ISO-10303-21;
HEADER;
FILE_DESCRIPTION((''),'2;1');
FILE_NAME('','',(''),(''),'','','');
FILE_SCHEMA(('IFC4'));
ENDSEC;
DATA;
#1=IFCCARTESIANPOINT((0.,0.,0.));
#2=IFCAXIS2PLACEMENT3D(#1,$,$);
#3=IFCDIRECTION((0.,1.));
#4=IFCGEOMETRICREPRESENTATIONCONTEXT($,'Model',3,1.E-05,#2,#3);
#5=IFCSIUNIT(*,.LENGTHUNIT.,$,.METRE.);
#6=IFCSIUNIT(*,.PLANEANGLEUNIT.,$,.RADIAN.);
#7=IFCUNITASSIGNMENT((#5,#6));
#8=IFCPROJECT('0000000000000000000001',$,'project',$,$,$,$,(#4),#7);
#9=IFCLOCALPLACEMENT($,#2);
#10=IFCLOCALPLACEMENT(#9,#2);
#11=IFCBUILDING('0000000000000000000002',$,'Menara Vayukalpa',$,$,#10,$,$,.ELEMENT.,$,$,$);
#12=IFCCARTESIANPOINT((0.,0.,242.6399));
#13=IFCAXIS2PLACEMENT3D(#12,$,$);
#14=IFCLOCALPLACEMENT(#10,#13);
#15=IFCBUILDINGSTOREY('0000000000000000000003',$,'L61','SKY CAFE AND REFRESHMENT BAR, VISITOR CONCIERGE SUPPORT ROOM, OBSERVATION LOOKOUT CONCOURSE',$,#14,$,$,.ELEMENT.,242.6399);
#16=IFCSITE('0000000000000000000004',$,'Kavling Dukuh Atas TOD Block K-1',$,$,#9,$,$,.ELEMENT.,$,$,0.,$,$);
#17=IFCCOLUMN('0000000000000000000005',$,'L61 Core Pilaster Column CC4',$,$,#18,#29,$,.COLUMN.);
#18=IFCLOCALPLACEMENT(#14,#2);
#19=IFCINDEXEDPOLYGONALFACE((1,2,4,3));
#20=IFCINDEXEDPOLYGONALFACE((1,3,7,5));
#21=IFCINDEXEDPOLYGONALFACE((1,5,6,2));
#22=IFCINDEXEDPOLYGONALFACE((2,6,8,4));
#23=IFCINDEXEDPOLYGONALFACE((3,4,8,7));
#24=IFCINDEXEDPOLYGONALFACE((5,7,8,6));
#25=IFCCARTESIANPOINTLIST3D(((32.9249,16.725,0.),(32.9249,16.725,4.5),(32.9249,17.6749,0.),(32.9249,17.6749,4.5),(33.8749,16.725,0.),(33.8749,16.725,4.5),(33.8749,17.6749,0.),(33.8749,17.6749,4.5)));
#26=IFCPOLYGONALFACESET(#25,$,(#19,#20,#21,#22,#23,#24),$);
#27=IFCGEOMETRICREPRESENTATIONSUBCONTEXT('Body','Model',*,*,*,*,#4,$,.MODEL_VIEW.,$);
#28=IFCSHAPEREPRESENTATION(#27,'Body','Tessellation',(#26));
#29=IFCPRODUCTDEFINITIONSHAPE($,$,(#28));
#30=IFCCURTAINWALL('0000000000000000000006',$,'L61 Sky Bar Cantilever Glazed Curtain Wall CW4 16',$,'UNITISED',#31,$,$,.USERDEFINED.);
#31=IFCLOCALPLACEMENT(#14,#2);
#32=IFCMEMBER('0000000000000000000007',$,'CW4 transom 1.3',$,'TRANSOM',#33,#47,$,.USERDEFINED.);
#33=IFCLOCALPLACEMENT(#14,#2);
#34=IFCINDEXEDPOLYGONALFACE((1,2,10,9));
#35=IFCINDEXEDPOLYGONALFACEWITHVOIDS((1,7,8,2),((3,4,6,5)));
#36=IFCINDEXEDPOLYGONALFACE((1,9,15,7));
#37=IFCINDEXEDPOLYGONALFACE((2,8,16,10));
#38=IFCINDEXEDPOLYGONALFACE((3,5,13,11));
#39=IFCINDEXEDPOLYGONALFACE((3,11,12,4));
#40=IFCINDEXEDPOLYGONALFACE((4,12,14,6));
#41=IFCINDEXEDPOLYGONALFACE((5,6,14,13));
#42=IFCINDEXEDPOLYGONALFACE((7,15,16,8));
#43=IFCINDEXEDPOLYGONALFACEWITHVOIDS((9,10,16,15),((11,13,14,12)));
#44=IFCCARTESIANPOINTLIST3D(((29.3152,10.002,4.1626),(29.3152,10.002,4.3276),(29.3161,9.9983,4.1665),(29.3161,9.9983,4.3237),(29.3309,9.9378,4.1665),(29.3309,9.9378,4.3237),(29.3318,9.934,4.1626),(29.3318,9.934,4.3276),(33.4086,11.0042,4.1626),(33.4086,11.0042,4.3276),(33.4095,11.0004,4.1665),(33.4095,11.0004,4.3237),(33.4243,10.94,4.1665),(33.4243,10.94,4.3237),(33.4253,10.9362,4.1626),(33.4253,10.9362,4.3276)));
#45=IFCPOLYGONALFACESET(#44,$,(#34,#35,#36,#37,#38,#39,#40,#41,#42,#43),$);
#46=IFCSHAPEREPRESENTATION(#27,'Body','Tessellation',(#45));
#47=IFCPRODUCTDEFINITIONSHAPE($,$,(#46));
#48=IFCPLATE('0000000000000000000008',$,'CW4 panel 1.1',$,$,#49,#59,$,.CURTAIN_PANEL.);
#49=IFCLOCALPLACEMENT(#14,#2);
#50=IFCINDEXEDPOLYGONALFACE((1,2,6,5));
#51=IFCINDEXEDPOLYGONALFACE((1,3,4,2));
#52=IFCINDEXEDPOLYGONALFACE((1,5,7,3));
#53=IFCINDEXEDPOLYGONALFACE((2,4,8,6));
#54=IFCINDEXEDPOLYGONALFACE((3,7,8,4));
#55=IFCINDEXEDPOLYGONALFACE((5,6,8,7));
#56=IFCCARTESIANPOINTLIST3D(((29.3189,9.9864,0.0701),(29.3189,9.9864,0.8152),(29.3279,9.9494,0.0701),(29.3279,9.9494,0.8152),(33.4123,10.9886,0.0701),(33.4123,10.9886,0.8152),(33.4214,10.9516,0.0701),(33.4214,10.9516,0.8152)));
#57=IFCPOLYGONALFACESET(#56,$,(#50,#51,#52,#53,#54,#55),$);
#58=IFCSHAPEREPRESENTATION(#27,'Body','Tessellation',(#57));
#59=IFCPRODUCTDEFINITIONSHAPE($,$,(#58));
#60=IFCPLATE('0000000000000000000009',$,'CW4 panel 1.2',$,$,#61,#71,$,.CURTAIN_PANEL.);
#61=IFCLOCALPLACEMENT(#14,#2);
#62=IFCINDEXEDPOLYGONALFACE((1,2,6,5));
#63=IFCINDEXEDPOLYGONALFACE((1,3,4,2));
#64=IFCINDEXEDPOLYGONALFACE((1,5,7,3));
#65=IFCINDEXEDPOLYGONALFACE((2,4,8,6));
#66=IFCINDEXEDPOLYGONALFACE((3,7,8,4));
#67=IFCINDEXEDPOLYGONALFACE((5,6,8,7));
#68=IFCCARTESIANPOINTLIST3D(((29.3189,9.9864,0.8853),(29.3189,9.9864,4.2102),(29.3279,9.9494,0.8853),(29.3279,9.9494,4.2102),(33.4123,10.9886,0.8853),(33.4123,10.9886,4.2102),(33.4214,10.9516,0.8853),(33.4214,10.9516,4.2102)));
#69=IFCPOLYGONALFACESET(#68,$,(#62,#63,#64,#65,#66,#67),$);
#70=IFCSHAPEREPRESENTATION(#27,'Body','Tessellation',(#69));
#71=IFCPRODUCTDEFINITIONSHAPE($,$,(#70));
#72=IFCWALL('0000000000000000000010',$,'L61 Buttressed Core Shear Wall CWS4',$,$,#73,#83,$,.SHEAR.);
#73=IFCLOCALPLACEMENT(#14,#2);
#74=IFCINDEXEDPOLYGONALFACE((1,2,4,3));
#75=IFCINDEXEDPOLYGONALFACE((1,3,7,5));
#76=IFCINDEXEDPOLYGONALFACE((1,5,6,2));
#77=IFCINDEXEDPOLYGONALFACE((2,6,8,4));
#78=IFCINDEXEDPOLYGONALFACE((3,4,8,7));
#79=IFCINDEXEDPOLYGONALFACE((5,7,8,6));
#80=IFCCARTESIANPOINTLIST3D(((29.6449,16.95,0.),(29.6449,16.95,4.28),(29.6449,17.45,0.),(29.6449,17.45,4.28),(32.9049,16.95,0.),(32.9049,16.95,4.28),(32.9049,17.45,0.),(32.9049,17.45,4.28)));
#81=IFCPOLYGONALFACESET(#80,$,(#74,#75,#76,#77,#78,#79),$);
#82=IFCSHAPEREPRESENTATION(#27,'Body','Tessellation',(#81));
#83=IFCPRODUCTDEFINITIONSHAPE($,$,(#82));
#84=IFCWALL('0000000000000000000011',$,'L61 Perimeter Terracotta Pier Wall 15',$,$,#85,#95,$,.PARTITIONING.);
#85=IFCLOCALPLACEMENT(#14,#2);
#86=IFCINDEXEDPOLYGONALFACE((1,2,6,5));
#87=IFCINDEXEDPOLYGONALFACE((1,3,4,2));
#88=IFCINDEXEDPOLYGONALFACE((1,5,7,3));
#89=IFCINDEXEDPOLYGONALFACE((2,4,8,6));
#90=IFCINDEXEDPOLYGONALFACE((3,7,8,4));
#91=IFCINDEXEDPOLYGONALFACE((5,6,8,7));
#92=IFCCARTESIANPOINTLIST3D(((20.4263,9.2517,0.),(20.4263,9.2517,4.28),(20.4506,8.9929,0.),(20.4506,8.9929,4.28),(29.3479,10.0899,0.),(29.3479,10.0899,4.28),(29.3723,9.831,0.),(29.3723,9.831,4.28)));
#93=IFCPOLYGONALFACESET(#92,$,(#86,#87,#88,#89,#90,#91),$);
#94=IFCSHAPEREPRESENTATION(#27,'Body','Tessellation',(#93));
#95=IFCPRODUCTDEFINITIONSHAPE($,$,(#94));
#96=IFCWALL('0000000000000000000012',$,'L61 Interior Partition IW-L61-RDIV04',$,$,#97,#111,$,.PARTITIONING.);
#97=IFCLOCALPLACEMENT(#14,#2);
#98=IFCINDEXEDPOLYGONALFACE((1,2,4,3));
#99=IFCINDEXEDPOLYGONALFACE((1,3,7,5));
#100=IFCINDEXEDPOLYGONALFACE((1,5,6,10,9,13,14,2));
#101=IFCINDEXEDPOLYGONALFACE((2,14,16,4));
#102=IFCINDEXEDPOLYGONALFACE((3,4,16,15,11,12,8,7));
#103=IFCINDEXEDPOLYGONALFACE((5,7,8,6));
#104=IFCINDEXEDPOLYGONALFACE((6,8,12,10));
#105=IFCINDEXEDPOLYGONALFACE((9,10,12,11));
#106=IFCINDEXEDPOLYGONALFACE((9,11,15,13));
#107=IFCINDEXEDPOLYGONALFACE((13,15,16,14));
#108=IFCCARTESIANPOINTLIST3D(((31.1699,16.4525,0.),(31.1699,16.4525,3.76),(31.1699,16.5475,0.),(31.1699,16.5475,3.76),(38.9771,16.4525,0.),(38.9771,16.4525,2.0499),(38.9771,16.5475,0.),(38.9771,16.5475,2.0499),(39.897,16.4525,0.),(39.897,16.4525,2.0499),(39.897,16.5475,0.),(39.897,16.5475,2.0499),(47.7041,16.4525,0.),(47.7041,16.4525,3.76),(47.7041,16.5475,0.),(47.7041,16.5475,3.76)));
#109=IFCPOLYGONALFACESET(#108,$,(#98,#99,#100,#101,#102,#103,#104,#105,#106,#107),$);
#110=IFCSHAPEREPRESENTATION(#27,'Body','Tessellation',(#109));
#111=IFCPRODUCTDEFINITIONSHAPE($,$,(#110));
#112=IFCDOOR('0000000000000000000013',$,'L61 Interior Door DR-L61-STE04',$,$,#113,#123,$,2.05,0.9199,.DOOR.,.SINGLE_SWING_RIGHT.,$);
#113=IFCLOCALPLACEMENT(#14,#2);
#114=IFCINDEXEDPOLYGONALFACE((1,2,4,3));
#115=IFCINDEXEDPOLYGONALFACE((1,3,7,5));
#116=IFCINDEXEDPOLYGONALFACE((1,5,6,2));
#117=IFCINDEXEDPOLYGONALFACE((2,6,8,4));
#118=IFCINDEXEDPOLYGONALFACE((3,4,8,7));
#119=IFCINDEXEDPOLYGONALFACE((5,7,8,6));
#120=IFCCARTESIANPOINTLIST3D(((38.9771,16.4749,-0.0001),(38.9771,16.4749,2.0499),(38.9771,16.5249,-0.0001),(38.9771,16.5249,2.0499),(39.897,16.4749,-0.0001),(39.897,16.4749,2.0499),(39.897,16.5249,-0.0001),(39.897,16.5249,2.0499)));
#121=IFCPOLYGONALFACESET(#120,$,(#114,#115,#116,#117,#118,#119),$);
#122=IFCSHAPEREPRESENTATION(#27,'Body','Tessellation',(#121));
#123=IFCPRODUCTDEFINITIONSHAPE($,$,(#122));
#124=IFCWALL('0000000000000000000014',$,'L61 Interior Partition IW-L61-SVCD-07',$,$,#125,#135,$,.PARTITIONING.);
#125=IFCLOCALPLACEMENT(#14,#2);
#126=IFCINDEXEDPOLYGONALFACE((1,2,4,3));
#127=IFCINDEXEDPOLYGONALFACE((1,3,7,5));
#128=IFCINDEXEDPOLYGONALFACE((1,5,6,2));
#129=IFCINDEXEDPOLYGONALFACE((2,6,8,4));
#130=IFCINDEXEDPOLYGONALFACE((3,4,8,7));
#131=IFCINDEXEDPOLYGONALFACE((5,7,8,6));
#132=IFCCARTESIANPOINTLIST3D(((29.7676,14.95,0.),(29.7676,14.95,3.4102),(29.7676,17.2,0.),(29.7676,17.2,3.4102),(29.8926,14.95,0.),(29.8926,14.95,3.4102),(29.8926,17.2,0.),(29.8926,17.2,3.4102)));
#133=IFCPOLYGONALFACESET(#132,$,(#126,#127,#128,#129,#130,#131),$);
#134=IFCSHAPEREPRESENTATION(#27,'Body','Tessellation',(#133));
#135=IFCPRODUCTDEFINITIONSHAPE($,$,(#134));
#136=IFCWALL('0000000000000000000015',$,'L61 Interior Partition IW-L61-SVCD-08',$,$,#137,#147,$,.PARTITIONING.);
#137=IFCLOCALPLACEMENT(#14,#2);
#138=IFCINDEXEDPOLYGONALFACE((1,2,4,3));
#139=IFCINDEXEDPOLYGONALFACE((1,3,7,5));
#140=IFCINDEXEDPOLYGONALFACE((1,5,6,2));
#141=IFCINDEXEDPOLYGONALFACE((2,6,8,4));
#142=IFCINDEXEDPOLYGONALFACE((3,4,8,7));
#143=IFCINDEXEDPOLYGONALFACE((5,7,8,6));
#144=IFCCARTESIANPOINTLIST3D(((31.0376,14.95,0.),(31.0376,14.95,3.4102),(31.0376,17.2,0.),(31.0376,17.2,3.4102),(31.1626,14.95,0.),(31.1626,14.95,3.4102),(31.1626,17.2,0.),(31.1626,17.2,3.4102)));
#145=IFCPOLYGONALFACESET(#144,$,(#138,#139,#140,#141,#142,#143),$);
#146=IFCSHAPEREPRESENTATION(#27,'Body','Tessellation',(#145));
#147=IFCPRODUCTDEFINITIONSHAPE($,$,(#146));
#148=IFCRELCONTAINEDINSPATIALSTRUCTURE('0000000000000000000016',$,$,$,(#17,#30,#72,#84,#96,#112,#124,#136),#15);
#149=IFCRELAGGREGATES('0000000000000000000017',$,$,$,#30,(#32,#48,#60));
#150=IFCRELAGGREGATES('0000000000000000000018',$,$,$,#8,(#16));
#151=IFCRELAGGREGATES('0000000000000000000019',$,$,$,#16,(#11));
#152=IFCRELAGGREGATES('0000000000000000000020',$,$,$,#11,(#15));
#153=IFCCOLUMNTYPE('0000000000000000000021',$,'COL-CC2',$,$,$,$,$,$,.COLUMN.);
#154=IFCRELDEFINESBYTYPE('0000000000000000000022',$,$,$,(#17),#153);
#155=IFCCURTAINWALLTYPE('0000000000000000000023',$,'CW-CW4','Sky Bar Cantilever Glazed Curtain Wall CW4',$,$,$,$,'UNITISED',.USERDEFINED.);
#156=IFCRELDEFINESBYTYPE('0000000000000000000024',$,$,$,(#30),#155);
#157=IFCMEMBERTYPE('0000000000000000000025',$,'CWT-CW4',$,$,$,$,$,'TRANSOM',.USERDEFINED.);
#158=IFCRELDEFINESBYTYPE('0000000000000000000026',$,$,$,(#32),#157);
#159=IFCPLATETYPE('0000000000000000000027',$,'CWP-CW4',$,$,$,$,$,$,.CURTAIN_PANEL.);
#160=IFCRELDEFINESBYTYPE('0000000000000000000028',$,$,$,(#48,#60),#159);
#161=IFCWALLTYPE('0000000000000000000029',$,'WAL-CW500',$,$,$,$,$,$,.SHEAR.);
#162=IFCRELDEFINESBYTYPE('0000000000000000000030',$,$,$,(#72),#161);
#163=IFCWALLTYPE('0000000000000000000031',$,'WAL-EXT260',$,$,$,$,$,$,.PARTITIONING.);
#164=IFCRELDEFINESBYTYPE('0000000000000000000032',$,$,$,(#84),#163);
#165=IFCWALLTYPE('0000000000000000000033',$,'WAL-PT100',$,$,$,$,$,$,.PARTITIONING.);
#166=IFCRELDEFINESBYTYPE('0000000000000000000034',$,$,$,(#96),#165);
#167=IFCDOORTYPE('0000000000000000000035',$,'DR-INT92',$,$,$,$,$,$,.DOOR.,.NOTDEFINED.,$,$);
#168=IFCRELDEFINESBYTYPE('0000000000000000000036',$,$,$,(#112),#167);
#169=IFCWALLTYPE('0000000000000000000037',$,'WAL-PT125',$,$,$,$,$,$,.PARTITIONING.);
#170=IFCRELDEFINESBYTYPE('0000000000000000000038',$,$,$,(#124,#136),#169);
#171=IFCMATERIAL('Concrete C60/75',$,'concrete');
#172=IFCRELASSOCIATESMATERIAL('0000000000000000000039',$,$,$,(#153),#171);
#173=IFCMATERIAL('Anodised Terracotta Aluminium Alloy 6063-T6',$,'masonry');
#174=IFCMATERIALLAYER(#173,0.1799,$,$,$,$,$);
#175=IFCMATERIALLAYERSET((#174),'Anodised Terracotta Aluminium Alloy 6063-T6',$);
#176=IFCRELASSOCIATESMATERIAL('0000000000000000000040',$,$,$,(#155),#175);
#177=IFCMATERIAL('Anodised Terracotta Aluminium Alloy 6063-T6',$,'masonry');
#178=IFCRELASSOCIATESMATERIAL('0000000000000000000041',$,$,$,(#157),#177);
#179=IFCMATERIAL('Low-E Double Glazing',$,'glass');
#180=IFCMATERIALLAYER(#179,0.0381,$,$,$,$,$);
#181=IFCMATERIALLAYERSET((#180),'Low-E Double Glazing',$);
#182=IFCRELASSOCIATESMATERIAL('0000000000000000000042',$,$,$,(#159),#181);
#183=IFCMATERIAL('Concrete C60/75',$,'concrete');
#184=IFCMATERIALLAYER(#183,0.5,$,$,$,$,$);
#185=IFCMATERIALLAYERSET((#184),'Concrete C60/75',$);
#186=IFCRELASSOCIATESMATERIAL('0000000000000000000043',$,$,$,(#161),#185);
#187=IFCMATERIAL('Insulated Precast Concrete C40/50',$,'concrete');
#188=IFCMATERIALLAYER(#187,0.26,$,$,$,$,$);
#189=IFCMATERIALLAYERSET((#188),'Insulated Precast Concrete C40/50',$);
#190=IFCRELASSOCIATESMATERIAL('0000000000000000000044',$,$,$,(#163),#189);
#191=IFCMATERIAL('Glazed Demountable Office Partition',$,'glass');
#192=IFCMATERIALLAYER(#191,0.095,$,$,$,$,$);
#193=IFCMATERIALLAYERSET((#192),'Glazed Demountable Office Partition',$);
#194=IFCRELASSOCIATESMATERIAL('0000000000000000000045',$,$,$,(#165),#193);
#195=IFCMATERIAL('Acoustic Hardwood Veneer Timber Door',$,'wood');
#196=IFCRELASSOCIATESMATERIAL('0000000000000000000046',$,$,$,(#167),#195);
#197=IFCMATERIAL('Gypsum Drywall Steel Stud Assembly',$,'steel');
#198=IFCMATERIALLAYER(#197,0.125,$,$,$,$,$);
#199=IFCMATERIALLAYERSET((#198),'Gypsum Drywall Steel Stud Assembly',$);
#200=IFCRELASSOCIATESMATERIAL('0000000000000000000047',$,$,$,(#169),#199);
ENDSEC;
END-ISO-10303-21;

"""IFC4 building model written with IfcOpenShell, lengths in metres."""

from ifc_helpers import new_model, si_unit, direction, frame, frame_2d, origin, origin_2d, place, context, subcontext, project, spatial, rectangle, hollow_rectangle, extrude, material, layer, layer_set, material_profile, profile_set, type_object, element, fill, aggregate, save


model = new_model("IFC4")

# Units and contexts
model_context = context("Model", 3, precision=1e-05, world=origin(), true_north=direction((0.0, 1.0)))
body_context = subcontext(model_context, "Body", "Model", "MODEL_VIEW")
ifc_project = project(units=[si_unit("LENGTHUNIT", "METRE"), si_unit("PLANEANGLEUNIT", "RADIAN")], contexts=[model_context])

# Site, building, storey
site_placement = place(None, origin())
site = spatial("IfcSite", under=ifc_project, at=site_placement, Name="Kavling Dukuh Atas TOD Block K-1", CompositionType="ELEMENT", RefElevation=0.0)
building_placement = place(site_placement, origin())
building = spatial("IfcBuilding", under=site, at=building_placement, Name="Menara Vayukalpa", CompositionType="ELEMENT")
storey_placement = place(building_placement, frame((0.0, 0.0, 242.6399)))
storey = spatial("IfcBuildingStorey", under=building, at=storey_placement, Name="L61", Description="SKY CAFE AND REFRESHMENT BAR, VISITOR CONCIERGE SUPPORT ROOM, OBSERVATION LOOKOUT CONCOURSE", CompositionType="ELEMENT", Elevation=242.6399)

# Column
ifc_material_1 = material(Name="Concrete C60/75", Category="concrete")
ifc_material_profile_1 = material_profile(ifc_material_1, rectangle(XDim=0.95, YDim=0.95, at=origin_2d()), Name="RC 950x950")
ifc_profile_set_1 = profile_set([ifc_material_profile_1], Name="Concrete C60/75")
column_type = type_object("IfcColumnType", Name="COL-CC2", PredefinedType="COLUMN", material=ifc_profile_set_1)
column_placement = place(storey_placement, frame((33.3999, 17.2, 0.0), z_axis=(0.0, 0.0, 1.0), x_axis=(1.0, 0.0, 0.0)))
element("IfcColumn", 1, at=column_placement, inside=storey, type_object=column_type, Name="L61 Core Pilaster Column CC4", PredefinedType="COLUMN", context=body_context, shape_type="SweptSolid", body=[
    extrude(rectangle(XDim=0.95, YDim=0.95, at=origin_2d()), origin(), (0.0, 0.0, 1.0), 4.5),
])

# Curtain wall, member, plates
ifc_material_2 = material(Name="Anodised Terracotta Aluminium Alloy 6063-T6", Category="masonry")
ifc_layer_1 = layer(ifc_material_2, 0.1799)
ifc_layer_set_1 = layer_set([ifc_layer_1], Name="Anodised Terracotta Aluminium Alloy 6063-T6")
curtain_wall_type = type_object("IfcCurtainWallType", Name="CW-CW4", Description="Sky Bar Cantilever Glazed Curtain Wall CW4", ElementType="UNITISED", PredefinedType="USERDEFINED", material=ifc_layer_set_1)
curtain_wall_placement = place(storey_placement, origin())
curtain_wall = element("IfcCurtainWall", 2, at=curtain_wall_placement, inside=storey, type_object=curtain_wall_type, Name="L61 Sky Bar Cantilever Glazed Curtain Wall CW4 16", ObjectType="UNITISED", PredefinedType="USERDEFINED")
ifc_material_3 = material(Name="Anodised Terracotta Aluminium Alloy 6063-T6", Category="masonry")
ifc_material_profile_2 = material_profile(ifc_material_3, hollow_rectangle(XDim=0.0701, YDim=0.165, WallThickness=0.0039, at=origin_2d()), Name="ALU 70x165x4")
ifc_profile_set_2 = profile_set([ifc_material_profile_2], Name="Anodised Terracotta Aluminium Alloy 6063-T6")
member_type = type_object("IfcMemberType", Name="CWT-CW4", ElementType="TRANSOM", PredefinedType="USERDEFINED", material=ifc_profile_set_2)
member_placement = place(storey_placement, frame((29.3235, 9.968, 4.2451), z_axis=(0.971313, 0.237803, 0.0), x_axis=(-0.237803, 0.971313, 0.0)))
member = element("IfcMember", 3, at=member_placement, type_object=member_type, Name="CW4 transom 1.3", ObjectType="TRANSOM", PredefinedType="USERDEFINED", context=body_context, shape_type="SweptSolid", body=[
    extrude(hollow_rectangle(XDim=0.0701, YDim=0.165, WallThickness=0.0039, at=origin_2d()), origin(), (0.0, 0.0, 1.0), 4.2144),
])
ifc_material_4 = material(Name="Low-E Double Glazing", Category="glass")
ifc_layer_2 = layer(ifc_material_4, 0.0381)
ifc_layer_set_2 = layer_set([ifc_layer_2], Name="Low-E Double Glazing")
plate_type = type_object("IfcPlateType", Name="CWP-CW4", PredefinedType="CURTAIN_PANEL", material=ifc_layer_set_2)
plate_1_placement = place(storey_placement, frame((31.3701, 10.469, 0.0701), z_axis=(0.0, 0.0, 1.0), x_axis=(0.971312, 0.23781, 0.0)))
plate_1 = element("IfcPlate", 4, at=plate_1_placement, type_object=plate_type, Name="CW4 panel 1.1", PredefinedType="CURTAIN_PANEL", context=body_context, shape_type="SweptSolid", body=[
    extrude(rectangle(XDim=4.2144, YDim=0.0381, at=origin_2d()), origin(), (0.0, 0.0, 1.0), 0.7451),
])
plate_2_placement = place(storey_placement, frame((31.3701, 10.469, 0.8853), z_axis=(0.0, 0.0, 1.0), x_axis=(0.971312, 0.23781, 0.0)))
plate_2 = element("IfcPlate", 5, at=plate_2_placement, type_object=plate_type, Name="CW4 panel 1.2", PredefinedType="CURTAIN_PANEL", context=body_context, shape_type="SweptSolid", body=[
    extrude(rectangle(XDim=4.2144, YDim=0.0381, at=origin_2d()), origin(), (0.0, 0.0, 1.0), 3.325),
])
aggregate(curtain_wall, [member, plate_1, plate_2])

# Walls
ifc_material_5 = material(Name="Concrete C60/75", Category="concrete")
ifc_layer_3 = layer(ifc_material_5, 0.5)
ifc_layer_set_3 = layer_set([ifc_layer_3], Name="Concrete C60/75")
wall_type_1 = type_object("IfcWallType", Name="WAL-CW500", PredefinedType="SHEAR", material=ifc_layer_set_3)
wall_1_placement = place(storey_placement, frame((29.645, 17.2, 0.0), z_axis=(0.0, 0.0, 1.0), x_axis=(1.0, 0.0, 0.0)))
element("IfcWall", 6, at=wall_1_placement, inside=storey, type_object=wall_type_1, Name="L61 Buttressed Core Shear Wall CWS4", PredefinedType="SHEAR", context=body_context, shape_type="SweptSolid", body=[
    extrude(rectangle(XDim=3.26, YDim=0.5, at=frame_2d((1.6299, 0.0))), origin(), (0.0, 0.0, 1.0), 4.28),
])
ifc_material_6 = material(Name="Insulated Precast Concrete C40/50", Category="concrete")
ifc_layer_4 = layer(ifc_material_6, 0.26)
ifc_layer_set_4 = layer_set([ifc_layer_4], Name="Insulated Precast Concrete C40/50")
wall_type_2 = type_object("IfcWallType", Name="WAL-EXT260", PredefinedType="PARTITIONING", material=ifc_layer_set_4)
wall_2_placement = place(storey_placement, frame((29.3601, 9.9604, 0.0), z_axis=(0.0, 0.0, 1.0), x_axis=(-0.995616, -0.093532, 0.0)))
element("IfcWall", 7, at=wall_2_placement, inside=storey, type_object=wall_type_2, Name="L61 Perimeter Terracotta Pier Wall 15", PredefinedType="PARTITIONING", context=body_context, shape_type="SweptSolid", body=[
    extrude(rectangle(XDim=8.9609, YDim=0.26, at=frame_2d((4.4805, 0.0))), origin(), (0.0, 0.0, 1.0), 4.28),
])

# Wall, opening, door
ifc_material_7 = material(Name="Glazed Demountable Office Partition", Category="glass")
ifc_layer_5 = layer(ifc_material_7, 0.095)
ifc_layer_set_5 = layer_set([ifc_layer_5], Name="Glazed Demountable Office Partition")
wall_type_3 = type_object("IfcWallType", Name="WAL-PT100", PredefinedType="PARTITIONING", material=ifc_layer_set_5)
wall_3_placement = place(storey_placement, frame((31.1699, 16.5, 0.0), z_axis=(0.0, 0.0, 1.0), x_axis=(1.0, 0.0, 0.0)))
wall_3 = element("IfcWall", 8, at=wall_3_placement, inside=storey, type_object=wall_type_3, Name="L61 Interior Partition IW-L61-RDIV04", PredefinedType="PARTITIONING", context=body_context, shape_type="SweptSolid", body=[
    extrude(rectangle(XDim=16.5342, YDim=0.095, at=frame_2d((8.2671, 0.0))), origin(), (0.0, 0.0, 1.0), 3.76),
])
opening_1_placement = place(wall_3_placement, frame((7.8071, 0.0, 0.0)))
opening_1 = element("IfcOpeningElement", 9, at=opening_1_placement, cuts=wall_3, PredefinedType="OPENING", context=body_context, shape_type="SweptSolid", body=[
    extrude(rectangle(XDim=0.9199, YDim=2.05, at=frame_2d((0.46, 1.0249))), frame((0.0, 0.0574, 0.0), z_axis=(0.0, -1.0, 0.0), x_axis=(1.0, 0.0, 0.0)), (0.0, 0.0, 1.0), 0.115),
])
ifc_material_8 = material(Name="Acoustic Hardwood Veneer Timber Door", Category="wood")
door_type_1 = type_object("IfcDoorType", Name="DR-INT92", OperationType="NOTDEFINED", PredefinedType="DOOR", material=ifc_material_8)
door_1_placement = place(opening_1_placement, origin())
door_1 = element("IfcDoor", 10, at=door_1_placement, inside=storey, type_object=door_type_1, Name="L61 Interior Door DR-L61-STE04", OperationType="SINGLE_SWING_RIGHT", OverallHeight=2.05, OverallWidth=0.9199, PredefinedType="DOOR", context=body_context, shape_type="SweptSolid", body=[
    extrude(rectangle(XDim=0.9199, YDim=2.05, at=frame_2d((0.46, 1.0249))), frame((0.0, 0.0249, 0.0), z_axis=(0.0, -1.0, 0.0), x_axis=(1.0, 0.0, 0.0)), (0.0, 0.0, 1.0), 0.05),
])
fill(opening_1, door_1)

# Walls
ifc_material_9 = material(Name="Gypsum Drywall Steel Stud Assembly", Category="steel")
ifc_layer_6 = layer(ifc_material_9, 0.125)
ifc_layer_set_6 = layer_set([ifc_layer_6], Name="Gypsum Drywall Steel Stud Assembly")
wall_type_4 = type_object("IfcWallType", Name="WAL-PT125", PredefinedType="PARTITIONING", material=ifc_layer_set_6)
for number, where, z_axis, x_axis, name in (
    (11, (29.8301, 14.95, 0.0), (0.0, 0.0, 1.0), (0.0, 1.0, 0.0), "L61 Interior Partition IW-L61-SVCD-07"),
    (12, (31.1001, 14.95, 0.0), (0.0, 0.0, 1.0), (0.0, 1.0, 0.0), "L61 Interior Partition IW-L61-SVCD-08"),
):
    element("IfcWall", number, at=place(storey_placement, frame(where, z_axis=z_axis, x_axis=x_axis)), inside=storey, type_object=wall_type_4, Name=name, PredefinedType="PARTITIONING", context=body_context, shape_type="SweptSolid", body=[
        extrude(rectangle(XDim=2.25, YDim=0.125, at=frame_2d((1.125, 0.0))), origin(), (0.0, 0.0, 1.0), 3.4102),
    ])

save(model, "model.ifc")
